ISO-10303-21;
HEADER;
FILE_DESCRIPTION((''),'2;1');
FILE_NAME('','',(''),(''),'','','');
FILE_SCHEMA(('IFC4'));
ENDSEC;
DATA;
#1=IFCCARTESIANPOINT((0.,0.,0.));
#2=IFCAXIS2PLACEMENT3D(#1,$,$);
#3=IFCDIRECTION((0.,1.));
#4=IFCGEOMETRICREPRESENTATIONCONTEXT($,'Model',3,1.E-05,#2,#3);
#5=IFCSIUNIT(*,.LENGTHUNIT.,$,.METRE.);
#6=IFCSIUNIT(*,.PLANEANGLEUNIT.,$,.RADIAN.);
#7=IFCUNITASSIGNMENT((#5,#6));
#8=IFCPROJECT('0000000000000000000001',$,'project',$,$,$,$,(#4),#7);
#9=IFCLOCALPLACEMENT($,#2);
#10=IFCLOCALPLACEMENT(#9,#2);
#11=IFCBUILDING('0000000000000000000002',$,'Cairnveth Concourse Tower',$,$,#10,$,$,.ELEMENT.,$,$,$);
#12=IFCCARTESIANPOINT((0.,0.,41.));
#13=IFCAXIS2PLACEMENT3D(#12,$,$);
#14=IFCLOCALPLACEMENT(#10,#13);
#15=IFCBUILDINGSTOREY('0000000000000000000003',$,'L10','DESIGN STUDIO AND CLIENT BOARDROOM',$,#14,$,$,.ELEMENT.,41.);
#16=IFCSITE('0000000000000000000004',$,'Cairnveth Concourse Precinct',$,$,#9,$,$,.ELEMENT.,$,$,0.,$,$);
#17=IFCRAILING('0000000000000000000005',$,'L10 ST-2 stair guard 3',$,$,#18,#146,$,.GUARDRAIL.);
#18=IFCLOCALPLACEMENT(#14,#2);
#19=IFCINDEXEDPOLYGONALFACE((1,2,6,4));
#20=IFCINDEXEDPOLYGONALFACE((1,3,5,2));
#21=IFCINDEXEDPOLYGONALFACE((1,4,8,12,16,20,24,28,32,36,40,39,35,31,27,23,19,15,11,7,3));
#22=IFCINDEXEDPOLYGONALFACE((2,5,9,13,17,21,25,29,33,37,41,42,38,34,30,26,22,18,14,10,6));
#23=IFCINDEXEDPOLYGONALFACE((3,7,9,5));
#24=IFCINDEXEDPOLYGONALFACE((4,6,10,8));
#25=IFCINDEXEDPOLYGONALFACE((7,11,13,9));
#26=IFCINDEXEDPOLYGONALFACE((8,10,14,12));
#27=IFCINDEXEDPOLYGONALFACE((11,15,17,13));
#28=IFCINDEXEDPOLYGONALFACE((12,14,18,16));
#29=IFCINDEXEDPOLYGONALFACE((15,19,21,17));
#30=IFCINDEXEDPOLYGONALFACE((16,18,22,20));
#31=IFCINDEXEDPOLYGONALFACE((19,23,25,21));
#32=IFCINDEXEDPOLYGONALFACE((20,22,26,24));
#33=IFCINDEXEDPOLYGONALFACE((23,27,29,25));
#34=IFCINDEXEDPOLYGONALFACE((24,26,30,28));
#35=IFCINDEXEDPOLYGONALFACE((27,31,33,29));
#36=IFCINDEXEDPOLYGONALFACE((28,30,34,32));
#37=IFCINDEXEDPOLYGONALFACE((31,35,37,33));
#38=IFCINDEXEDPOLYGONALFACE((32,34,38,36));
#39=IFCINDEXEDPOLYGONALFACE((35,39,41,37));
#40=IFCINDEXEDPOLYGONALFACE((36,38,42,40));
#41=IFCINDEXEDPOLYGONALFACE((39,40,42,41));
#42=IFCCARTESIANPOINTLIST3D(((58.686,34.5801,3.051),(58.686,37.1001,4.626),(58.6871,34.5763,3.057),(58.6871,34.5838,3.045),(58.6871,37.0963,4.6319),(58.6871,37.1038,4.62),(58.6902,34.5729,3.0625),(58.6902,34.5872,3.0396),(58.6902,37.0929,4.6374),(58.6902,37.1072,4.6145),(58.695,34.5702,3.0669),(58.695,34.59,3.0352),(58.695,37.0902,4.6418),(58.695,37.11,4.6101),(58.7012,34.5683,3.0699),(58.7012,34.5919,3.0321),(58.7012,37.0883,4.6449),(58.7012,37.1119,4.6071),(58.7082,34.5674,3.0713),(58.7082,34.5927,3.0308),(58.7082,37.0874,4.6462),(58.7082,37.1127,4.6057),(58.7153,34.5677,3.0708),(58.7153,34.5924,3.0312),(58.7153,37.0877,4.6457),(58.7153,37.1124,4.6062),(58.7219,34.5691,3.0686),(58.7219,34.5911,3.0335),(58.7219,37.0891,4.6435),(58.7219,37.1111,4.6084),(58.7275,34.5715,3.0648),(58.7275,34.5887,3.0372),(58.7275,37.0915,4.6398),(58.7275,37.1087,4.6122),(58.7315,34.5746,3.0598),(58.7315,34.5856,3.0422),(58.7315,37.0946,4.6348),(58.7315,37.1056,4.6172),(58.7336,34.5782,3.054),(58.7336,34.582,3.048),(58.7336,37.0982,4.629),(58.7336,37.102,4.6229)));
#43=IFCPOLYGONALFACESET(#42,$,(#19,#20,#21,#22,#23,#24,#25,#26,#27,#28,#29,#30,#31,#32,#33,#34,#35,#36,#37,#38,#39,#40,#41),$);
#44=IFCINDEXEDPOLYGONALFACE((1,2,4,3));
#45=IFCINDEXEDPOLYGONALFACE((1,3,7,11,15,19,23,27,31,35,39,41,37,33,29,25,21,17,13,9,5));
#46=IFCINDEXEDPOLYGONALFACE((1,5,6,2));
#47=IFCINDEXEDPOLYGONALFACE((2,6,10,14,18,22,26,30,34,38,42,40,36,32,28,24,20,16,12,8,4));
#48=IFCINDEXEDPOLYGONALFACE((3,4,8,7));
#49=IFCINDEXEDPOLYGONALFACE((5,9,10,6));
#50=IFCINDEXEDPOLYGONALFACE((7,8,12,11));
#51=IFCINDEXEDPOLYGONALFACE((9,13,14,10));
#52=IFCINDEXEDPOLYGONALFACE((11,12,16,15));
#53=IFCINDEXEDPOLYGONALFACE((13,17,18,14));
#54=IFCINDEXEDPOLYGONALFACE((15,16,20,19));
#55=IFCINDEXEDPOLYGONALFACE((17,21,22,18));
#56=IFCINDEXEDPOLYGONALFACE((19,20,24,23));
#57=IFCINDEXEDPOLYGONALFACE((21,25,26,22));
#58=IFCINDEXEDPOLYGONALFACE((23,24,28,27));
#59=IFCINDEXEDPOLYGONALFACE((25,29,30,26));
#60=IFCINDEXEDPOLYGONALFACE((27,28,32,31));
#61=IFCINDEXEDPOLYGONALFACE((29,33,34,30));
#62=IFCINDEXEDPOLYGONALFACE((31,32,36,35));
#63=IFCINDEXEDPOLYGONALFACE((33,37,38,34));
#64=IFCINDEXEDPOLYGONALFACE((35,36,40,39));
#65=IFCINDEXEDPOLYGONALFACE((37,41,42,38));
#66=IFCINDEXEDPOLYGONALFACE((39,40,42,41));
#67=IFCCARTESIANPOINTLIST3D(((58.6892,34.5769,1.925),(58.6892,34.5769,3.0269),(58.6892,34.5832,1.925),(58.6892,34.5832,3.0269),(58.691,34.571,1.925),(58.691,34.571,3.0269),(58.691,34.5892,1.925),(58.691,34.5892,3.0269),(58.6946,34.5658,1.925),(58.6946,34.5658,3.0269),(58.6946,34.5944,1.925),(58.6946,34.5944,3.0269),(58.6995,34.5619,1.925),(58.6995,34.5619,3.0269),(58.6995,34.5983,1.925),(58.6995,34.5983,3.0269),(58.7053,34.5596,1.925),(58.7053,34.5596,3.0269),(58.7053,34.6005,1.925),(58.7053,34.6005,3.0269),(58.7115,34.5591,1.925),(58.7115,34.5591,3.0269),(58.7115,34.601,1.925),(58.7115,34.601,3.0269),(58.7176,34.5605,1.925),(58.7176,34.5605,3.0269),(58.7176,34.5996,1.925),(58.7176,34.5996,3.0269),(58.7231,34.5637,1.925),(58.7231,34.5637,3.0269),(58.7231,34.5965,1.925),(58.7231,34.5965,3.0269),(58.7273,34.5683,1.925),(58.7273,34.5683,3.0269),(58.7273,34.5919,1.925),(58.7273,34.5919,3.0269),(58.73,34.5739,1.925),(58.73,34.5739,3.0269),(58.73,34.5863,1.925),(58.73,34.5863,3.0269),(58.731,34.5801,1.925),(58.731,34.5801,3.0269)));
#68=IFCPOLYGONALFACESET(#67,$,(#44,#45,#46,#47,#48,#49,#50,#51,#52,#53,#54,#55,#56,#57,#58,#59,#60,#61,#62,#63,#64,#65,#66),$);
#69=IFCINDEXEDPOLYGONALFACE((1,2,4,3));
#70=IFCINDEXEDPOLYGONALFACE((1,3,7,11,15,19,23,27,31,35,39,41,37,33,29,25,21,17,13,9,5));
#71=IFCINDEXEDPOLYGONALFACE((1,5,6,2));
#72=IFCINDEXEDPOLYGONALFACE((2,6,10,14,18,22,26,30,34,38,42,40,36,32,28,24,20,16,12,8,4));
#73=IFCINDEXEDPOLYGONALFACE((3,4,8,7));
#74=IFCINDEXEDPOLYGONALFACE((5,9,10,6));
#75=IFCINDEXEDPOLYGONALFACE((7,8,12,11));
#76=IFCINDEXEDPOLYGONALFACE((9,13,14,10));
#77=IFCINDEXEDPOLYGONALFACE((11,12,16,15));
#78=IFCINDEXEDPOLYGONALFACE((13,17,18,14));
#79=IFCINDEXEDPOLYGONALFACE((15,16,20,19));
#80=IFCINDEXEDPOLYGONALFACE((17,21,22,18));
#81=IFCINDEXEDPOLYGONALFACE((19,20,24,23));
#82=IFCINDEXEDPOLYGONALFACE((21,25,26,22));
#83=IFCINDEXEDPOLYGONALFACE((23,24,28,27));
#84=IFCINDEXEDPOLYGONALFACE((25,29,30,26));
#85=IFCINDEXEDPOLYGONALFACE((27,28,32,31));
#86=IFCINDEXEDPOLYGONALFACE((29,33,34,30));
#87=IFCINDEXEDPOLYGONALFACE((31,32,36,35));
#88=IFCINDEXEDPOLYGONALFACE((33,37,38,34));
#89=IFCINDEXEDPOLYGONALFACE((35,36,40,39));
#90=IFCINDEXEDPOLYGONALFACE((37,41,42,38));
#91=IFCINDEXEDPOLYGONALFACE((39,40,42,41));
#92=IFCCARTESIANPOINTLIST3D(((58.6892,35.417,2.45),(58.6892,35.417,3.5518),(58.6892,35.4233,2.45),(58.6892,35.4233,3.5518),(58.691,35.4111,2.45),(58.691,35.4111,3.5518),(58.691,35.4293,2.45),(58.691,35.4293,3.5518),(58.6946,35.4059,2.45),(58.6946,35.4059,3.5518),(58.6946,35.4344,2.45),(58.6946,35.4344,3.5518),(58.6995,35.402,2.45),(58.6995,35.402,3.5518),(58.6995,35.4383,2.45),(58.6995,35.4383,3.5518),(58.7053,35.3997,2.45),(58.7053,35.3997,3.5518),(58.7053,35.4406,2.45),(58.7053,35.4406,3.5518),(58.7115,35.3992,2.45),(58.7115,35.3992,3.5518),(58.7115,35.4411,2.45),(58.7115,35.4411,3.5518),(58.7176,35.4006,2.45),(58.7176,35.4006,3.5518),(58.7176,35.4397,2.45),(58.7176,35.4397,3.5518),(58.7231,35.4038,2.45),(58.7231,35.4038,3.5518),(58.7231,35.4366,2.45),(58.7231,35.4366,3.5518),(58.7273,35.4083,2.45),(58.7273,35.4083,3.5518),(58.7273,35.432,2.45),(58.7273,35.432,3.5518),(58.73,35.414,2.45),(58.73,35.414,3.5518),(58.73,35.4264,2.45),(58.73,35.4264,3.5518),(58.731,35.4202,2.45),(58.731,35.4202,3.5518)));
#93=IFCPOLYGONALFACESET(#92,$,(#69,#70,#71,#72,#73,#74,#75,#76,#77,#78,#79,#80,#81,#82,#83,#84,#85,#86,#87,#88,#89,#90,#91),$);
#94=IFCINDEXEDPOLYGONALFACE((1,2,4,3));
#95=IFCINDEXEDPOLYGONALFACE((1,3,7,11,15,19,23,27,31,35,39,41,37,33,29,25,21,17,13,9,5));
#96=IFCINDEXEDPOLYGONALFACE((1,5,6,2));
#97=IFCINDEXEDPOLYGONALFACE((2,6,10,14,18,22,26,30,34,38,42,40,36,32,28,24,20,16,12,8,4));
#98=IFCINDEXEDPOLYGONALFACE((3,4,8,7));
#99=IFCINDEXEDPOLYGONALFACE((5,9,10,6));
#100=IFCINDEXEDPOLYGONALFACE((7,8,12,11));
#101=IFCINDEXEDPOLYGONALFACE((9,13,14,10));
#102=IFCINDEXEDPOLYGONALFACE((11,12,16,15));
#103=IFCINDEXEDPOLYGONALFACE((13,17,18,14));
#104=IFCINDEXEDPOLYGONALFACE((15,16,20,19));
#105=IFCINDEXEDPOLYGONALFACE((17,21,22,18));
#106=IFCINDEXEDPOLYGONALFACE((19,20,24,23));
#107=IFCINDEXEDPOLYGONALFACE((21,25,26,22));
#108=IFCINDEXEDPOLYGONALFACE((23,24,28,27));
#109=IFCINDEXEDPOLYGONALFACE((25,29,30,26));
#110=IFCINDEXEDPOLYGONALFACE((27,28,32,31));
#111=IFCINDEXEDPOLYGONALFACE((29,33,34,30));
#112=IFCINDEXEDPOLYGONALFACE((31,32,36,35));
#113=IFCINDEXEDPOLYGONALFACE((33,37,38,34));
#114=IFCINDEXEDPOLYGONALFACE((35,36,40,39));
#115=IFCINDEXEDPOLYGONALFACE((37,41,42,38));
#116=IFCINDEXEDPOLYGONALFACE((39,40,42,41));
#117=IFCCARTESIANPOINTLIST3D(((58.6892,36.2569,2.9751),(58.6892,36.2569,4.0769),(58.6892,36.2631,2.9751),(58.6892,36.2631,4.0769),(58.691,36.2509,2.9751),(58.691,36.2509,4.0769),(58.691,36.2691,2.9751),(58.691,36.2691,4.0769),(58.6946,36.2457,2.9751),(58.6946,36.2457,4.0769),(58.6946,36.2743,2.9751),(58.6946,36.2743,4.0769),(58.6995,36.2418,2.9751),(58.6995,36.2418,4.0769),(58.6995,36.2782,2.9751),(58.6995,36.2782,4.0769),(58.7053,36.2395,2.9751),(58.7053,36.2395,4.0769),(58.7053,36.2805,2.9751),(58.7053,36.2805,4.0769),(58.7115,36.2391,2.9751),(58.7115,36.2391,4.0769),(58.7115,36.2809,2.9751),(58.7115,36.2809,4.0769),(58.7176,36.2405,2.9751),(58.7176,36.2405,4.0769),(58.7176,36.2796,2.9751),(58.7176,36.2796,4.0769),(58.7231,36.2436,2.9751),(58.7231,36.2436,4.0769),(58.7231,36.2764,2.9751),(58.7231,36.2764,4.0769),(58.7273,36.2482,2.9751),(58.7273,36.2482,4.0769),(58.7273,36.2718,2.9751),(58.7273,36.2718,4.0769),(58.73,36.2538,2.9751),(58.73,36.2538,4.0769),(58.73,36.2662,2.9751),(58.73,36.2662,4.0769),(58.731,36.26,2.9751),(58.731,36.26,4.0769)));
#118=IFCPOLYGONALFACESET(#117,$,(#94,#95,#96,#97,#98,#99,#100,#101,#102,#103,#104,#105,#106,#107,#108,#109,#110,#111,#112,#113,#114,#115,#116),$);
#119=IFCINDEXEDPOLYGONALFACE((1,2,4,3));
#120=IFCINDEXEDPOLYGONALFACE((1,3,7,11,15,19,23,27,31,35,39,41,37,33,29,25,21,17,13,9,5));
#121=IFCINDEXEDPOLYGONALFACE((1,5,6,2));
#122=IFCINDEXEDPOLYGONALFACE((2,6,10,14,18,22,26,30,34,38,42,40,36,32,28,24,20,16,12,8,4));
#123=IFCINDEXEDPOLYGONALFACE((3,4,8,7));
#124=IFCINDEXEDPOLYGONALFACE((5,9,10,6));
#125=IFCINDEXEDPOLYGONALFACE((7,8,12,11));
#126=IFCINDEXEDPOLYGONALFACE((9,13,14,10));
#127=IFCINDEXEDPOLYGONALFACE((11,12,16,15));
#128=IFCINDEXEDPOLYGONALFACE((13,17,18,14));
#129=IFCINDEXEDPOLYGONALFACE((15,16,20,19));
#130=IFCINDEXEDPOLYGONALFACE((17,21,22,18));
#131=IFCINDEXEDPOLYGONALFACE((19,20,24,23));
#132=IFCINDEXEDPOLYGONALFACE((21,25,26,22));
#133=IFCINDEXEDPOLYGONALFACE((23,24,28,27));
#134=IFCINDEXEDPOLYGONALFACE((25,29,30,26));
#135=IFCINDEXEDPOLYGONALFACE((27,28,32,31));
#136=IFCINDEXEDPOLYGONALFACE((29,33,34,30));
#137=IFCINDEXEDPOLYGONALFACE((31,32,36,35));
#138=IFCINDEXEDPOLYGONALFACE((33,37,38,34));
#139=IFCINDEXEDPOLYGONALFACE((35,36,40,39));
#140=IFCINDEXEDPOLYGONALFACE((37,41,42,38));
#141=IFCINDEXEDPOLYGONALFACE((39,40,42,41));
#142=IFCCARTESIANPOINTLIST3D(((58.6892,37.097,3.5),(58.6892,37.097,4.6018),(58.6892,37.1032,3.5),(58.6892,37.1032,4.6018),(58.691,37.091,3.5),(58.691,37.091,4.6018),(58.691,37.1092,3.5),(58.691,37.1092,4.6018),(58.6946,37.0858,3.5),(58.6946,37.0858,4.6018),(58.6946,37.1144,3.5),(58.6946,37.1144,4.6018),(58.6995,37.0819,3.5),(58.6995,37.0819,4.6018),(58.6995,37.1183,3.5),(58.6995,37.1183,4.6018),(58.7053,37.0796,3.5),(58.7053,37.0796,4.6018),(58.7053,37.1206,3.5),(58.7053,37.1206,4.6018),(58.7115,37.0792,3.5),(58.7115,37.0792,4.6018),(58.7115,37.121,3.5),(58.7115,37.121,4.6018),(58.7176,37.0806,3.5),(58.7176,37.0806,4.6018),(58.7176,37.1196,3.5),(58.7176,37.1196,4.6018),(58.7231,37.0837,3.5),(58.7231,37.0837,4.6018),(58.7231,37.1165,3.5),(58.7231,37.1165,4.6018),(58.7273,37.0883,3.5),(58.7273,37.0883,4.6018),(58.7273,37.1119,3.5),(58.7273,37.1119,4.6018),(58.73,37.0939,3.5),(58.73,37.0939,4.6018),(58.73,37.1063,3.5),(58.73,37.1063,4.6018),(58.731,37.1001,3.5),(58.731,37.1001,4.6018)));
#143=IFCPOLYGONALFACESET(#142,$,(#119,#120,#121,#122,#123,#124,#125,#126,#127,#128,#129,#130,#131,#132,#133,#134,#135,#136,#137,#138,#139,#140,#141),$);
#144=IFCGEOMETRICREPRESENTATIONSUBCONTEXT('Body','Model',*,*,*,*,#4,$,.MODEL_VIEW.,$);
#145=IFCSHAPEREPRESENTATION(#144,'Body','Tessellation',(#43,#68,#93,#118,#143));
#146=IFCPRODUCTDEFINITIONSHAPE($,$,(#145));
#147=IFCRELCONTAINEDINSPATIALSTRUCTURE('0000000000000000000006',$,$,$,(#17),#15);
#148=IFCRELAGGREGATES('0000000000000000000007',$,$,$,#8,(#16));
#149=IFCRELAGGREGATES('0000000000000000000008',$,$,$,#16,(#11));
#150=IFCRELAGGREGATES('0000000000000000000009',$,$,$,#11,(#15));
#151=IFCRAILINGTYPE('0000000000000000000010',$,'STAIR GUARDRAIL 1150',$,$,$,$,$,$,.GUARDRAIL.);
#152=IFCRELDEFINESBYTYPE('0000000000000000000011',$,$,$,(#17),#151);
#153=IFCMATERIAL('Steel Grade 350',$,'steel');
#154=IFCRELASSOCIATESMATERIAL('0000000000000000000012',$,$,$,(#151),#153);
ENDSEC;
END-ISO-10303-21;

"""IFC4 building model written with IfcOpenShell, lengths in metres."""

from ifc_helpers import new_model, si_unit, direction, frame, origin, origin_2d, place, context, subcontext, project, spatial, circle, extrude, material, type_object, element, save


model = new_model("IFC4")

# Units and contexts
model_context = context("Model", 3, precision=1e-05, world=origin(), true_north=direction((0.0, 1.0)))
body_context = subcontext(model_context, "Body", "Model", "MODEL_VIEW")
ifc_project = project(units=[si_unit("LENGTHUNIT", "METRE"), si_unit("PLANEANGLEUNIT", "RADIAN")], contexts=[model_context])

# Site, building, storey
site_placement = place(None, origin())
site = spatial("IfcSite", under=ifc_project, at=site_placement, Name="Cairnveth Concourse Precinct", CompositionType="ELEMENT", RefElevation=0.0)
building_placement = place(site_placement, origin())
building = spatial("IfcBuilding", under=site, at=building_placement, Name="Cairnveth Concourse Tower", CompositionType="ELEMENT")
storey_placement = place(building_placement, frame((0.0, 0.0, 41.0)))
storey = spatial("IfcBuildingStorey", under=building, at=storey_placement, Name="L10", Description="DESIGN STUDIO AND CLIENT BOARDROOM", CompositionType="ELEMENT", Elevation=41.0)

# Shared definitions
ifc_material_1 = material(Name="Steel Grade 350", Category="steel")

# Railing
railing_type_1 = type_object("IfcRailingType", Name="STAIR GUARDRAIL 1150", PredefinedType="GUARDRAIL", material=ifc_material_1)
railing_1_placement = place(storey_placement, frame((58.71, 34.5801, 1.925)))
element("IfcRailing", 1, at=railing_1_placement, inside=storey, type_object=railing_type_1, Name="L10 ST-2 stair guard 3", PredefinedType="GUARDRAIL", context=body_context, shape_type="SweptSolid", body=[
    extrude(circle(Radius=0.0239, at=origin_2d()), frame((0.0, 0.0, 1.126), z_axis=(0.0, 0.848008, 0.529984), x_axis=(-1.0, 0.0, 0.0)), (0.0, 0.0, 1.0), 2.9717),
    extrude(circle(Radius=0.021, at=origin_2d()), origin(), (0.0, 0.0, 1.0), 1.1018),
    extrude(circle(Radius=0.021, at=origin_2d()), frame((0.0, 0.8401, 0.5249)), (0.0, 0.0, 1.0), 1.1018),
    extrude(circle(Radius=0.021, at=origin_2d()), frame((0.0, 1.6799, 1.05)), (0.0, 0.0, 1.0), 1.1018),
    extrude(circle(Radius=0.021, at=origin_2d()), frame((0.0, 2.52, 1.575)), (0.0, 0.0, 1.0), 1.1018),
])

save(model, "model.ifc")
